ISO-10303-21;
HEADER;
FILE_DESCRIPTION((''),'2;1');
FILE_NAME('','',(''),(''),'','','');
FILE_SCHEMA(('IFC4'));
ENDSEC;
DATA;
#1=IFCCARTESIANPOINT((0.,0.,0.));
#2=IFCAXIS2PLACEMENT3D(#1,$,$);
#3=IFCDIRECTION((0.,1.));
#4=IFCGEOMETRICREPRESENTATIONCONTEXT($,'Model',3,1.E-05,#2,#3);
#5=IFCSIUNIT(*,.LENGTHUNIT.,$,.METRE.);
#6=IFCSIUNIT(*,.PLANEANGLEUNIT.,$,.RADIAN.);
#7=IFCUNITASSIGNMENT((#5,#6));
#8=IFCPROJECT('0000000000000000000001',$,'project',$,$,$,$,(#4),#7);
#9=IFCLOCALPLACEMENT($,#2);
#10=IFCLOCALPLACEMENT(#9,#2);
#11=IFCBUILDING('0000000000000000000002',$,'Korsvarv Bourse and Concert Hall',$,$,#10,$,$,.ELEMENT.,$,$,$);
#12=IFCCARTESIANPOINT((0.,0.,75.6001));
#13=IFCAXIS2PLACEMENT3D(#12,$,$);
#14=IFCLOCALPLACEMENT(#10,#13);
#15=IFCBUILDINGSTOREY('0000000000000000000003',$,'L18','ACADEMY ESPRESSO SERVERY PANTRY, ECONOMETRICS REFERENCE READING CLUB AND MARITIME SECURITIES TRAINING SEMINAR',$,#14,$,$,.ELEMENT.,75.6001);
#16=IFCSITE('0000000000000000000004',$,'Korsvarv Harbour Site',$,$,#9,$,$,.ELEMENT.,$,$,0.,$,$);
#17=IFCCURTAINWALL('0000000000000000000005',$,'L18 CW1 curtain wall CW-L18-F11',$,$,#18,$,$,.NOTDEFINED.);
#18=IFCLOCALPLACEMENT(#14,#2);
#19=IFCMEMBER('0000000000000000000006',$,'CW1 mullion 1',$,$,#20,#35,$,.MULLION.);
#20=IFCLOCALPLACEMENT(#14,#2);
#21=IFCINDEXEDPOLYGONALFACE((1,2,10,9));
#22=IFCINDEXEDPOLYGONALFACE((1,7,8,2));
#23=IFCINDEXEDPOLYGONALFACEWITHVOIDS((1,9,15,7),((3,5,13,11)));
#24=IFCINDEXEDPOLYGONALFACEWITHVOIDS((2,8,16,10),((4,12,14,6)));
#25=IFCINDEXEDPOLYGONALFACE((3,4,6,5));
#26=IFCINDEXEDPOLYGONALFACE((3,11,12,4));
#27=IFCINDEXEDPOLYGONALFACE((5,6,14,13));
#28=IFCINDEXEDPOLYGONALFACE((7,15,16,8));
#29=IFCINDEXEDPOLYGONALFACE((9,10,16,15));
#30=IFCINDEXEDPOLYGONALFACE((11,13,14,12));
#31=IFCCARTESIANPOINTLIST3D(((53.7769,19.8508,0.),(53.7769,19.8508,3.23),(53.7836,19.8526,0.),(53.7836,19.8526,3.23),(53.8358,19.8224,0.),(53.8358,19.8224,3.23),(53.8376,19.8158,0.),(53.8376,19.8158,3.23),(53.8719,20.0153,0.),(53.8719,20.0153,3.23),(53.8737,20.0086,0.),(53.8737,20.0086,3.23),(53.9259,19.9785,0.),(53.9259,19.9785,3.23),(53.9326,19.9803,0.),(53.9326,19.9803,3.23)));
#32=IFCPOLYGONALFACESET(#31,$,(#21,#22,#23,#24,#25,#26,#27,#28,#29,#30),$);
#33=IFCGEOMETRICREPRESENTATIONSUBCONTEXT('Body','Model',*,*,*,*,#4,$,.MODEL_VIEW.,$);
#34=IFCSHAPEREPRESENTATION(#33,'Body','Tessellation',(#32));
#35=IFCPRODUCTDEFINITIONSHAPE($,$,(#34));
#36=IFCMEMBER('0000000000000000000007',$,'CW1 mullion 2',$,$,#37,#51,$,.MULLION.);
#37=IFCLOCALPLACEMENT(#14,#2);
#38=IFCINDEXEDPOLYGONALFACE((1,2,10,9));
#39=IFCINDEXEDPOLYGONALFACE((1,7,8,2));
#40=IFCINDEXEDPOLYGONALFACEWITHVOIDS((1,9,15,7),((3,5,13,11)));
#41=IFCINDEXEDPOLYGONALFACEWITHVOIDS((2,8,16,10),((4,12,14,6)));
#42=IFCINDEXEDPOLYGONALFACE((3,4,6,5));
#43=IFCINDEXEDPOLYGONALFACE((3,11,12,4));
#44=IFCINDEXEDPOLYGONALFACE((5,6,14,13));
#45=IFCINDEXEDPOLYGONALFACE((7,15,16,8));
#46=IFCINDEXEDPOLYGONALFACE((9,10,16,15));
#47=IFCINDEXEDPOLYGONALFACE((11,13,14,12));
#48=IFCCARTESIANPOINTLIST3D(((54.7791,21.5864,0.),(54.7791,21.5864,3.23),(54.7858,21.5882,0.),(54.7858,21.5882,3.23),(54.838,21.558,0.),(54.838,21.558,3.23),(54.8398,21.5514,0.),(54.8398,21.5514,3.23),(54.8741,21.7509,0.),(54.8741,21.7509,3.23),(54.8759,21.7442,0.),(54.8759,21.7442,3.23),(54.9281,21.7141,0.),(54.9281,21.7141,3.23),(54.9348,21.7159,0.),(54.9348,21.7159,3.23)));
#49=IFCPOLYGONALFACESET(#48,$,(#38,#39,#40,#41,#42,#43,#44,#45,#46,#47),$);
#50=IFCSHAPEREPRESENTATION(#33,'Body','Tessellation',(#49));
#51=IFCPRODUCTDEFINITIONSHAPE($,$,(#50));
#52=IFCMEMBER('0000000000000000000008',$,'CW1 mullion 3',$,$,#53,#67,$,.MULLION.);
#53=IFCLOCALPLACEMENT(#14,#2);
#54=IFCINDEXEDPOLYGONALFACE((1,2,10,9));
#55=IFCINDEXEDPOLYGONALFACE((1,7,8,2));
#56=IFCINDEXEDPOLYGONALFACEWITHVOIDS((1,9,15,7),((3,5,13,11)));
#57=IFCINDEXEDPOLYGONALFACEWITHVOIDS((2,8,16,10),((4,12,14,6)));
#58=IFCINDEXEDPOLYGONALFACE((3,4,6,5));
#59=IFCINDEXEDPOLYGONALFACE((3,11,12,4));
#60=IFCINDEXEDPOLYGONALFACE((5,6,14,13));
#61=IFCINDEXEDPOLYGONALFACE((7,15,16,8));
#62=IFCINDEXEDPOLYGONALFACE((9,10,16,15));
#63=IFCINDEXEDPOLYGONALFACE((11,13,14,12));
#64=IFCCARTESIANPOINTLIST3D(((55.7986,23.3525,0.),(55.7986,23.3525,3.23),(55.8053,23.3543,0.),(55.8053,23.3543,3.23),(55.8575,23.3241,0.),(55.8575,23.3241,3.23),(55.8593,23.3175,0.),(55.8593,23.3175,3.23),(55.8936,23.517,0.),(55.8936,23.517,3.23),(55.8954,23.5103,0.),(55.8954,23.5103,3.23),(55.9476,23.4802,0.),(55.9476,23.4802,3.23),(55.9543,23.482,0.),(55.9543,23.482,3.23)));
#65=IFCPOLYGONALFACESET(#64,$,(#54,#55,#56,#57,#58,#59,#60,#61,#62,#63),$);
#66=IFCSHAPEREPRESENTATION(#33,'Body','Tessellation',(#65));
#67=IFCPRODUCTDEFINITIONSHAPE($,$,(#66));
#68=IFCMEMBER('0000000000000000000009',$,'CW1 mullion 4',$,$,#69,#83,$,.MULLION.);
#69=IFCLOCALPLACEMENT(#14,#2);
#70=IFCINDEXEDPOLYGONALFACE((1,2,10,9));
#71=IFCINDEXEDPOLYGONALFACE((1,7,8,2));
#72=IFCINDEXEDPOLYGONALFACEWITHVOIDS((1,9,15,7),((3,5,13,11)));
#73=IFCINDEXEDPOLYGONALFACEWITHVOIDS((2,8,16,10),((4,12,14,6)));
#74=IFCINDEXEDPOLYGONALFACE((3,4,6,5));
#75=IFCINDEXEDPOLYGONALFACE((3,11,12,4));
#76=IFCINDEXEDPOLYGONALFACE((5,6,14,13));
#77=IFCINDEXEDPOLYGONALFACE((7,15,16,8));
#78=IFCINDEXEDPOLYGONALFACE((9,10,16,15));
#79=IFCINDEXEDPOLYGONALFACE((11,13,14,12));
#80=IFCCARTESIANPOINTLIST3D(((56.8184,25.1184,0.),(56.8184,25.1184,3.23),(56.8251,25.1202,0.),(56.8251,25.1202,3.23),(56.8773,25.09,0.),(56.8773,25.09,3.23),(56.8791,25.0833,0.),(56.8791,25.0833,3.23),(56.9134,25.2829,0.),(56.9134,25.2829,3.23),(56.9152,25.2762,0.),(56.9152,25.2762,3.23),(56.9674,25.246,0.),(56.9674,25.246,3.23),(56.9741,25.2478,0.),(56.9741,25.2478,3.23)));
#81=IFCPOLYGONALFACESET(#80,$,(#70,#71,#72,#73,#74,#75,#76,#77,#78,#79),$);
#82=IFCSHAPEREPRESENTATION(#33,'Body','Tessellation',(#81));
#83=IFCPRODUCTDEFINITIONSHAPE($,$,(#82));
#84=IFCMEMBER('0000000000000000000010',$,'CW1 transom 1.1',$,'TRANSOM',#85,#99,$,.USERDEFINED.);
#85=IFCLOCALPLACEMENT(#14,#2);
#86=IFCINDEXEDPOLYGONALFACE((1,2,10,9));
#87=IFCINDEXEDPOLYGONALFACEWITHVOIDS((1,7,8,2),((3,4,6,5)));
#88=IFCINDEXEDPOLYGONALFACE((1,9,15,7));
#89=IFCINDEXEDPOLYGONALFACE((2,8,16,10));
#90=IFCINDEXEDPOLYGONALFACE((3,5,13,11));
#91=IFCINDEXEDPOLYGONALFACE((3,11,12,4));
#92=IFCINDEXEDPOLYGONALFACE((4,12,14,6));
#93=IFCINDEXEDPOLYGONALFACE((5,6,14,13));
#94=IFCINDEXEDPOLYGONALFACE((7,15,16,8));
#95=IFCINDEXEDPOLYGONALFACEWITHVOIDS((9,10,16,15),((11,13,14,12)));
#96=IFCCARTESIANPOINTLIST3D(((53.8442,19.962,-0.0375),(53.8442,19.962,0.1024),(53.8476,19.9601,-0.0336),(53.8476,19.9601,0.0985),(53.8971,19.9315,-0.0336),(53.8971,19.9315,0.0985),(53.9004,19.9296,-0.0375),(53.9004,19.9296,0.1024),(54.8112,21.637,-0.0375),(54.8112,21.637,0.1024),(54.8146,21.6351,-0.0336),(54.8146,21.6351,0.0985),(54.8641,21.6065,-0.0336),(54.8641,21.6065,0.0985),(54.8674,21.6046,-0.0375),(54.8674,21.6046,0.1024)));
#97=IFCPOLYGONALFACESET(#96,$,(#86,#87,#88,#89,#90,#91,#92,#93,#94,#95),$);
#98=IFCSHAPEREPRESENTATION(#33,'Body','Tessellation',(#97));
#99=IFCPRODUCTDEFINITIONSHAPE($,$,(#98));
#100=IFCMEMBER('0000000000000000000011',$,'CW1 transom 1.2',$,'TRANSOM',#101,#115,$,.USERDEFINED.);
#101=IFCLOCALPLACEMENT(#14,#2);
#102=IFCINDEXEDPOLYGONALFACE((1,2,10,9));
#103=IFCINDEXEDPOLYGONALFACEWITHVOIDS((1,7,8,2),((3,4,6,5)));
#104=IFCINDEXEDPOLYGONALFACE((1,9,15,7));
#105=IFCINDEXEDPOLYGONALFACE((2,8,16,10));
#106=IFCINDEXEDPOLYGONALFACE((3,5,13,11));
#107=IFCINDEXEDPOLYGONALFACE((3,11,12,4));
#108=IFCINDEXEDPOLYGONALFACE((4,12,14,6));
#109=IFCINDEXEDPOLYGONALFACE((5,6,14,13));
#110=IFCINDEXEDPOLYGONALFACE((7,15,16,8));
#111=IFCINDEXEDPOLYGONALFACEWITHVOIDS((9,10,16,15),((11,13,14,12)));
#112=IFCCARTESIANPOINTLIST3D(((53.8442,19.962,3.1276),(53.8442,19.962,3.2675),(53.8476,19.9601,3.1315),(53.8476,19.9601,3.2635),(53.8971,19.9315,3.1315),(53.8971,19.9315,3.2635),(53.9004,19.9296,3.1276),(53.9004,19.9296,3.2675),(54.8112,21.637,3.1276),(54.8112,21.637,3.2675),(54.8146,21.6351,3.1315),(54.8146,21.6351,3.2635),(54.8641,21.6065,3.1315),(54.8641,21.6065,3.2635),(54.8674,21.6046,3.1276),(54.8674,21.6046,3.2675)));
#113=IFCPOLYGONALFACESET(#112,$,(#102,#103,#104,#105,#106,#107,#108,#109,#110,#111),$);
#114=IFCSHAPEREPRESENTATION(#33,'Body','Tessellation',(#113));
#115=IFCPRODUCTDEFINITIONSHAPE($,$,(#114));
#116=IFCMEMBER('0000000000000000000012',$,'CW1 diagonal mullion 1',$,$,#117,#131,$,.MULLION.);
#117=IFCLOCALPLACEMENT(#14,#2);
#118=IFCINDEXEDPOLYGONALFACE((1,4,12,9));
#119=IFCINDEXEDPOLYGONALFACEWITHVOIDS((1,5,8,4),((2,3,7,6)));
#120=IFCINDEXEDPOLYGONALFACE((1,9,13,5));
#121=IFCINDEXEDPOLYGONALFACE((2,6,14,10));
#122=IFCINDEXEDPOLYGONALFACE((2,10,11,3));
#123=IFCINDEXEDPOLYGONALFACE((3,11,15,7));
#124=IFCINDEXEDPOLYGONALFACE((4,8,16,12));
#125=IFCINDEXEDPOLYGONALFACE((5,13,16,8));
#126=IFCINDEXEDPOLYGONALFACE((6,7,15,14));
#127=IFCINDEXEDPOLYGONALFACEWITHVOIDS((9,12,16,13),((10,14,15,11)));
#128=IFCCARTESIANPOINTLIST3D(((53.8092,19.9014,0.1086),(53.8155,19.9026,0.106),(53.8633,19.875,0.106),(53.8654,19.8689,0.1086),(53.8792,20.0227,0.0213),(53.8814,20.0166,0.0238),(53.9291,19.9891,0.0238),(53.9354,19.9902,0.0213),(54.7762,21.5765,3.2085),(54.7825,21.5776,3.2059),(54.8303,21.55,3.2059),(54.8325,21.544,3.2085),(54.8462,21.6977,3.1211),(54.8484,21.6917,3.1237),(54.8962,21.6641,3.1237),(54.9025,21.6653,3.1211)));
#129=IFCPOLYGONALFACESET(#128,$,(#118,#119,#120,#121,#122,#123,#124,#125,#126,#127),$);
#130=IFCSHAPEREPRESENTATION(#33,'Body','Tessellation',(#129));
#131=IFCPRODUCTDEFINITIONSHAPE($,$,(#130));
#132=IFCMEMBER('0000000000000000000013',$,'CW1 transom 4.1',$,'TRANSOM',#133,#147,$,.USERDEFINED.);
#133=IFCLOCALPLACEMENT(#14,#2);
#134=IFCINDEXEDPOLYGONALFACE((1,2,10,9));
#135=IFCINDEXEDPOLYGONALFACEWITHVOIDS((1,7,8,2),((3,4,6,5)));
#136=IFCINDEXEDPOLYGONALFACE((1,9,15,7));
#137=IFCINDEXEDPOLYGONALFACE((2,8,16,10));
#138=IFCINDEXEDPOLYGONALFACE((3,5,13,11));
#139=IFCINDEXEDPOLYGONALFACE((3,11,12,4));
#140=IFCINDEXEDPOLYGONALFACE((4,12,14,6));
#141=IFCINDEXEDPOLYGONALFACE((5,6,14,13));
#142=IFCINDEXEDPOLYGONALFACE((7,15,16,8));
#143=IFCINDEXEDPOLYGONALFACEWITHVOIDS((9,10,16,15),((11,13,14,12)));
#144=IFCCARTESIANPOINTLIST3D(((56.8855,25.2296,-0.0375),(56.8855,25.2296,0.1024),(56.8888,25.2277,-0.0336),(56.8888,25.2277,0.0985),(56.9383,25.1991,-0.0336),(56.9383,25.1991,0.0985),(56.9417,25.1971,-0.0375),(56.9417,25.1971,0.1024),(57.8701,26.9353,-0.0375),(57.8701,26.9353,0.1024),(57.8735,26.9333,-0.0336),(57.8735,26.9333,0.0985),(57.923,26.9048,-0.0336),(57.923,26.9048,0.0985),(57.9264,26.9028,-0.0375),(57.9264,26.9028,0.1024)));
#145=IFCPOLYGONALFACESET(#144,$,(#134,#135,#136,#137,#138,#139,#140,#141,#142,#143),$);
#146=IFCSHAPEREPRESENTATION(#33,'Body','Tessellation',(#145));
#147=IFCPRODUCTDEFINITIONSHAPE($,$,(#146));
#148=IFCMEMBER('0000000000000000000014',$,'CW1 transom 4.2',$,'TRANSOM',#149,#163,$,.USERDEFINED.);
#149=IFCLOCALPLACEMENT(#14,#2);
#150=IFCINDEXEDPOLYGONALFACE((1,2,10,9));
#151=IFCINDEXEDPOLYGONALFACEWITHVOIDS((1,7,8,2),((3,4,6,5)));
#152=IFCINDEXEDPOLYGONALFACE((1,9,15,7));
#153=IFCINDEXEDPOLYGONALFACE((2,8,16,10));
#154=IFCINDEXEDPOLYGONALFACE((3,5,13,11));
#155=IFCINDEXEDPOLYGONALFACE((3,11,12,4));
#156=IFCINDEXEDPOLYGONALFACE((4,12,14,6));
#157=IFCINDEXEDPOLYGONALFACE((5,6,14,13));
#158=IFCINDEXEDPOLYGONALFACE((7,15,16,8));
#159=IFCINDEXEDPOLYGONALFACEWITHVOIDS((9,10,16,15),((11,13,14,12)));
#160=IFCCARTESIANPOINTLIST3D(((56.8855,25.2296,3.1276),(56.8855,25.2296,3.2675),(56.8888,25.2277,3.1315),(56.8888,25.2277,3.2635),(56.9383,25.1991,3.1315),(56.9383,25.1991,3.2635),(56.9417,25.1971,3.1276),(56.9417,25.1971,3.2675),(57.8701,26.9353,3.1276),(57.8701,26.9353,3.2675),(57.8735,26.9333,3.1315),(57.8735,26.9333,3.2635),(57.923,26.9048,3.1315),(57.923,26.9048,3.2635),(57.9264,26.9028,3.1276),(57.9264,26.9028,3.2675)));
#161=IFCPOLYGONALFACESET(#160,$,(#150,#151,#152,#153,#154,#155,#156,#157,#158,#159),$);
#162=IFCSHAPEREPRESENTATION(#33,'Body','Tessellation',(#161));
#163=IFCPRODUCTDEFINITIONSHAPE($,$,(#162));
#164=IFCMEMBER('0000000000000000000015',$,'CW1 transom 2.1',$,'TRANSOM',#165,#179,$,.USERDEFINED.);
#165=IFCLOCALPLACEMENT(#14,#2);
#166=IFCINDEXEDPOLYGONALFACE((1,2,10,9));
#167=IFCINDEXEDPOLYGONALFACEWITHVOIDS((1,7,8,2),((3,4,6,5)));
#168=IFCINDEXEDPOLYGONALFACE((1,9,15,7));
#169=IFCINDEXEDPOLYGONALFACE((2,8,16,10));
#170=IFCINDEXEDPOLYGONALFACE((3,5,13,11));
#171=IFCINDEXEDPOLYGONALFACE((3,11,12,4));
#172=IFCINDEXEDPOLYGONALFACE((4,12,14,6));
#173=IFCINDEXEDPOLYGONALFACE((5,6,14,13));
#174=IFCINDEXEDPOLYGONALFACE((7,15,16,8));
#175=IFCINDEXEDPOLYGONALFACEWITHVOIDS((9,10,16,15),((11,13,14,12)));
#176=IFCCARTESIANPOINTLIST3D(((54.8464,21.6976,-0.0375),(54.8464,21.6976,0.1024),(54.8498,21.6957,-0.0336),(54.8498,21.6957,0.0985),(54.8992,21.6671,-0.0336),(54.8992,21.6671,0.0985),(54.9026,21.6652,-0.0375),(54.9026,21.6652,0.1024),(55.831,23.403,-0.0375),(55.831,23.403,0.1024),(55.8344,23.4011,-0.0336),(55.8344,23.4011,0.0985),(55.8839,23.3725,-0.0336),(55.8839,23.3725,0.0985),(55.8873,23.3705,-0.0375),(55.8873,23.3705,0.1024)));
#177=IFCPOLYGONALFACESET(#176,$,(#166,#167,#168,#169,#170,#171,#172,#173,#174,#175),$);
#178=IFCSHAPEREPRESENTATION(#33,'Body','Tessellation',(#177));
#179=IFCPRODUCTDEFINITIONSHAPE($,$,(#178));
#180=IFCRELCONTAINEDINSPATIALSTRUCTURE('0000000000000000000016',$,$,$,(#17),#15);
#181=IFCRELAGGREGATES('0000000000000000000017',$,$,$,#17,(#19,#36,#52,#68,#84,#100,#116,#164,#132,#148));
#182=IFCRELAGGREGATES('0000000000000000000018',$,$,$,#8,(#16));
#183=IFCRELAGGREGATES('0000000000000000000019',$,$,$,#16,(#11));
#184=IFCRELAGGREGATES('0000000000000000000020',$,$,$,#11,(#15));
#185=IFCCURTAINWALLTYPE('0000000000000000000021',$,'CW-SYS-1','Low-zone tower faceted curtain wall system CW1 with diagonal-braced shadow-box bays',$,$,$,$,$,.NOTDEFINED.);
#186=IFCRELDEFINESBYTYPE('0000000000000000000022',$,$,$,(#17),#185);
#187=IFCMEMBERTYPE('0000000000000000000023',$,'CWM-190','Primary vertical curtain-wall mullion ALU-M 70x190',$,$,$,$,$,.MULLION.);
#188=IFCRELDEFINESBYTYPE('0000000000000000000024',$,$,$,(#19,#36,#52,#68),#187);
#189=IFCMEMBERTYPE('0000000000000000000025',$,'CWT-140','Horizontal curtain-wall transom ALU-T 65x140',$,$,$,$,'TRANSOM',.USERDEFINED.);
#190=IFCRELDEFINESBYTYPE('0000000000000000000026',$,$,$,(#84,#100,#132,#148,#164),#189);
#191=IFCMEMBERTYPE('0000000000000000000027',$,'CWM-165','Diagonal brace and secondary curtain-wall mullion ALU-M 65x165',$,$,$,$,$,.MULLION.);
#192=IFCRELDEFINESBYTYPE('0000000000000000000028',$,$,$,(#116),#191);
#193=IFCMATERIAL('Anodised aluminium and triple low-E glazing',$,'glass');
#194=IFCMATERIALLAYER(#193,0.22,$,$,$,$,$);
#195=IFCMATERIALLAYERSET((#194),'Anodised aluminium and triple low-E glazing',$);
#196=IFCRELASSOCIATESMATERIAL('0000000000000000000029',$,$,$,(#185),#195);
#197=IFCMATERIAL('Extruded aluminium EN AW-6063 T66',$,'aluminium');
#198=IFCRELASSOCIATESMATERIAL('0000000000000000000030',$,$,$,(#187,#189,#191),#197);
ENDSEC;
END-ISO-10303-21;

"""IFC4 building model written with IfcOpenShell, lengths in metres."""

from ifc_helpers import new_model, si_unit, direction, frame, origin, origin_2d, place, context, subcontext, project, spatial, hollow_rectangle, extrude, source, transform, mapped, material, layer, layer_set, material_profile, profile_set, type_object, element, aggregate, save


model = new_model("IFC4")

# Units and contexts
model_context = context("Model", 3, precision=1e-05, world=origin(), true_north=direction((0.0, 1.0)))
body_context = subcontext(model_context, "Body", "Model", "MODEL_VIEW")
ifc_project = project(units=[si_unit("LENGTHUNIT", "METRE"), si_unit("PLANEANGLEUNIT", "RADIAN")], contexts=[model_context])

# Site, building, storey
site_placement = place(None, origin())
site = spatial("IfcSite", under=ifc_project, at=site_placement, Name="Korsvarv Harbour Site", CompositionType="ELEMENT", RefElevation=0.0)
building_placement = place(site_placement, origin())
building = spatial("IfcBuilding", under=site, at=building_placement, Name="Korsvarv Bourse and Concert Hall", CompositionType="ELEMENT")
storey_placement = place(building_placement, frame((0.0, 0.0, 75.6001)))
storey = spatial("IfcBuildingStorey", under=building, at=storey_placement, Name="L18", Description="ACADEMY ESPRESSO SERVERY PANTRY, ECONOMETRICS REFERENCE READING CLUB AND MARITIME SECURITIES TRAINING SEMINAR", CompositionType="ELEMENT", Elevation=75.6001)

# Curtain wall, members
ifc_material_1 = material(Name="Anodised aluminium and triple low-E glazing", Category="glass")
ifc_layer_1 = layer(ifc_material_1, 0.22)
ifc_layer_set_1 = layer_set([ifc_layer_1], Name="Anodised aluminium and triple low-E glazing")
curtain_wall_type = type_object("IfcCurtainWallType", Name="CW-SYS-1", Description="Low-zone tower faceted curtain wall system CW1 with diagonal-braced shadow-box bays", PredefinedType="NOTDEFINED", material=ifc_layer_set_1)
curtain_wall_placement = place(storey_placement, origin())
curtain_wall = element("IfcCurtainWall", 1, at=curtain_wall_placement, inside=storey, type_object=curtain_wall_type, Name="L18 CW1 curtain wall CW-L18-F11", PredefinedType="NOTDEFINED")
ifc_material_2 = material(Name="Extruded aluminium EN AW-6063 T66", Category="aluminium")
ifc_material_profile_1 = material_profile(ifc_material_2, hollow_rectangle(XDim=0.0701, YDim=0.1899, WallThickness=0.0049, at=origin_2d()), Name="ALU-M 70x190")
ifc_profile_set_1 = profile_set([ifc_material_profile_1], Name="Extruded aluminium EN AW-6063 T66")
member_type_1 = type_object("IfcMemberType", Name="CWM-190", Description="Primary vertical curtain-wall mullion ALU-M 70x190", PredefinedType="MULLION", material=ifc_profile_set_1)
shared_shape_1 = source(origin(), body_context, "Body", "SweptSolid", [
    extrude(hollow_rectangle(XDim=0.0701, YDim=0.1899, WallThickness=0.0049, at=origin_2d()), origin(), (0.0, 0.0, 1.0), 3.23),
])
member_1_placement = place(storey_placement, frame((53.8547, 19.9155, 0.0), z_axis=(0.0, 0.0, 1.0), x_axis=(-0.866024, 0.500002, 0.0)))
member_1 = element("IfcMember", 2, at=member_1_placement, type_object=member_type_1, Name="CW1 mullion 1", PredefinedType="MULLION", context=body_context, shape_type="MappedRepresentation", body=[
    mapped(shared_shape_1, transform((0.0, 0.0, 0.0), scale=1.0)),
])
member_2_placement = place(storey_placement, frame((54.8569, 21.6511, 0.0), z_axis=(0.0, 0.0, 1.0), x_axis=(-0.866024, 0.500002, 0.0)))
member_2 = element("IfcMember", 3, at=member_2_placement, type_object=member_type_1, Name="CW1 mullion 2", PredefinedType="MULLION", context=body_context, shape_type="MappedRepresentation", body=[
    mapped(shared_shape_1, transform((0.0, 0.0, 0.0), scale=1.0)),
])
member_3_placement = place(storey_placement, frame((55.8765, 23.4172, 0.0), z_axis=(0.0, 0.0, 1.0), x_axis=(-0.866024, 0.500002, 0.0)))
member_3 = element("IfcMember", 4, at=member_3_placement, type_object=member_type_1, Name="CW1 mullion 3", PredefinedType="MULLION", context=body_context, shape_type="MappedRepresentation", body=[
    mapped(shared_shape_1, transform((0.0, 0.0, 0.0), scale=1.0)),
])
member_4_placement = place(storey_placement, frame((56.8962, 25.1831, 0.0), z_axis=(0.0, 0.0, 1.0), x_axis=(-0.866024, 0.500002, 0.0)))
member_4 = element("IfcMember", 5, at=member_4_placement, type_object=member_type_1, Name="CW1 mullion 4", PredefinedType="MULLION", context=body_context, shape_type="MappedRepresentation", body=[
    mapped(shared_shape_1, transform((0.0, 0.0, 0.0), scale=1.0)),
])
ifc_material_profile_2 = material_profile(ifc_material_2, hollow_rectangle(XDim=0.0649, YDim=0.1399, WallThickness=0.0039, at=origin_2d()), Name="ALU-T 65x140")
ifc_profile_set_2 = profile_set([ifc_material_profile_2], Name="Extruded aluminium EN AW-6063 T66")
member_type_2 = type_object("IfcMemberType", Name="CWT-140", Description="Horizontal curtain-wall transom ALU-T 65x140", ElementType="TRANSOM", PredefinedType="USERDEFINED", material=ifc_profile_set_2)
shared_shape_2 = source(origin(), body_context, "Body", "SweptSolid", [
    extrude(hollow_rectangle(XDim=0.0649, YDim=0.1399, WallThickness=0.0039, at=origin_2d()), origin(), (0.0, 0.0, 1.0), 1.9341),
])
member_5_placement = place(storey_placement, frame((53.8723, 19.9458, 0.0325), z_axis=(0.499981, 0.866036, 0.0), x_axis=(-0.866036, 0.499981, 0.0)))
member_5 = element("IfcMember", 6, at=member_5_placement, type_object=member_type_2, Name="CW1 transom 1.1", ObjectType="TRANSOM", PredefinedType="USERDEFINED", context=body_context, shape_type="MappedRepresentation", body=[
    mapped(shared_shape_2, transform((0.0, 0.0, 0.0), scale=1.0)),
])
member_6_placement = place(storey_placement, frame((53.8723, 19.9458, 3.1975), z_axis=(0.499981, 0.866036, 0.0), x_axis=(-0.866036, 0.499981, 0.0)))
member_6 = element("IfcMember", 7, at=member_6_placement, type_object=member_type_2, Name="CW1 transom 1.2", ObjectType="TRANSOM", PredefinedType="USERDEFINED", context=body_context, shape_type="MappedRepresentation", body=[
    mapped(shared_shape_2, transform((0.0, 0.0, 0.0), scale=1.0)),
])
ifc_material_profile_3 = material_profile(ifc_material_2, hollow_rectangle(XDim=0.0649, YDim=0.165, WallThickness=0.0049, at=origin_2d()), Name="ALU-M 65x165")
ifc_profile_set_3 = profile_set([ifc_material_profile_3], Name="Extruded aluminium EN AW-6063 T66")
member_type_3 = type_object("IfcMemberType", Name="CWM-165", Description="Diagonal brace and secondary curtain-wall mullion ALU-M 65x165", PredefinedType="MULLION", material=ifc_profile_set_3)
shared_shape_3 = source(origin(), body_context, "Body", "SweptSolid", [
    extrude(hollow_rectangle(XDim=0.0649, YDim=0.165, WallThickness=0.0049, at=origin_2d()), origin(), (0.0, 0.0, 1.0), 3.6538),
])
member_7_placement = place(storey_placement, frame((53.8723, 19.9458, 0.0649), z_axis=(0.264669, 0.458444, 0.848398), x_axis=(-0.866036, 0.499981, 0.0)))
member_7 = element("IfcMember", 8, at=member_7_placement, type_object=member_type_3, Name="CW1 diagonal mullion 1", PredefinedType="MULLION", context=body_context, shape_type="MappedRepresentation", body=[
    mapped(shared_shape_3, transform((0.0, 0.0, 0.0), scale=1.0)),
])
shared_shape_4 = source(origin(), body_context, "Body", "SweptSolid", [
    extrude(hollow_rectangle(XDim=0.0649, YDim=0.1399, WallThickness=0.0039, at=origin_2d()), origin(), (0.0, 0.0, 1.0), 1.9695),
])
member_8_placement = place(storey_placement, frame((56.9136, 25.2134, 0.0325), z_axis=(0.499966, 0.866045, 0.0), x_axis=(-0.866045, 0.499966, 0.0)))
member_8 = element("IfcMember", 9, at=member_8_placement, type_object=member_type_2, Name="CW1 transom 4.1", ObjectType="TRANSOM", PredefinedType="USERDEFINED", context=body_context, shape_type="MappedRepresentation", body=[
    mapped(shared_shape_4, transform((0.0, 0.0, 0.0), scale=1.0)),
])
member_9_placement = place(storey_placement, frame((56.9136, 25.2134, 3.1975), z_axis=(0.499966, 0.866045, 0.0), x_axis=(-0.866045, 0.499966, 0.0)))
member_9 = element("IfcMember", 10, at=member_9_placement, type_object=member_type_2, Name="CW1 transom 4.2", ObjectType="TRANSOM", PredefinedType="USERDEFINED", context=body_context, shape_type="MappedRepresentation", body=[
    mapped(shared_shape_4, transform((0.0, 0.0, 0.0), scale=1.0)),
])
shared_shape_5 = source(origin(), body_context, "Body", "SweptSolid", [
    extrude(hollow_rectangle(XDim=0.0649, YDim=0.1399, WallThickness=0.0039, at=origin_2d()), origin(), (0.0, 0.0, 1.0), 1.9692),
])
member_10_placement = place(storey_placement, frame((54.8745, 21.6814, 0.0325), z_axis=(0.500019, 0.866014, 0.0), x_axis=(-0.866014, 0.500019, 0.0)))
member_10 = element("IfcMember", 11, at=member_10_placement, type_object=member_type_2, Name="CW1 transom 2.1", ObjectType="TRANSOM", PredefinedType="USERDEFINED", context=body_context, shape_type="MappedRepresentation", body=[
    mapped(shared_shape_5, transform((0.0, 0.0, 0.0), scale=1.0)),
])
aggregate(curtain_wall, [member_1, member_2, member_3, member_4, member_5, member_6, member_7, member_10, member_8, member_9])

save(model, "model.ifc")
